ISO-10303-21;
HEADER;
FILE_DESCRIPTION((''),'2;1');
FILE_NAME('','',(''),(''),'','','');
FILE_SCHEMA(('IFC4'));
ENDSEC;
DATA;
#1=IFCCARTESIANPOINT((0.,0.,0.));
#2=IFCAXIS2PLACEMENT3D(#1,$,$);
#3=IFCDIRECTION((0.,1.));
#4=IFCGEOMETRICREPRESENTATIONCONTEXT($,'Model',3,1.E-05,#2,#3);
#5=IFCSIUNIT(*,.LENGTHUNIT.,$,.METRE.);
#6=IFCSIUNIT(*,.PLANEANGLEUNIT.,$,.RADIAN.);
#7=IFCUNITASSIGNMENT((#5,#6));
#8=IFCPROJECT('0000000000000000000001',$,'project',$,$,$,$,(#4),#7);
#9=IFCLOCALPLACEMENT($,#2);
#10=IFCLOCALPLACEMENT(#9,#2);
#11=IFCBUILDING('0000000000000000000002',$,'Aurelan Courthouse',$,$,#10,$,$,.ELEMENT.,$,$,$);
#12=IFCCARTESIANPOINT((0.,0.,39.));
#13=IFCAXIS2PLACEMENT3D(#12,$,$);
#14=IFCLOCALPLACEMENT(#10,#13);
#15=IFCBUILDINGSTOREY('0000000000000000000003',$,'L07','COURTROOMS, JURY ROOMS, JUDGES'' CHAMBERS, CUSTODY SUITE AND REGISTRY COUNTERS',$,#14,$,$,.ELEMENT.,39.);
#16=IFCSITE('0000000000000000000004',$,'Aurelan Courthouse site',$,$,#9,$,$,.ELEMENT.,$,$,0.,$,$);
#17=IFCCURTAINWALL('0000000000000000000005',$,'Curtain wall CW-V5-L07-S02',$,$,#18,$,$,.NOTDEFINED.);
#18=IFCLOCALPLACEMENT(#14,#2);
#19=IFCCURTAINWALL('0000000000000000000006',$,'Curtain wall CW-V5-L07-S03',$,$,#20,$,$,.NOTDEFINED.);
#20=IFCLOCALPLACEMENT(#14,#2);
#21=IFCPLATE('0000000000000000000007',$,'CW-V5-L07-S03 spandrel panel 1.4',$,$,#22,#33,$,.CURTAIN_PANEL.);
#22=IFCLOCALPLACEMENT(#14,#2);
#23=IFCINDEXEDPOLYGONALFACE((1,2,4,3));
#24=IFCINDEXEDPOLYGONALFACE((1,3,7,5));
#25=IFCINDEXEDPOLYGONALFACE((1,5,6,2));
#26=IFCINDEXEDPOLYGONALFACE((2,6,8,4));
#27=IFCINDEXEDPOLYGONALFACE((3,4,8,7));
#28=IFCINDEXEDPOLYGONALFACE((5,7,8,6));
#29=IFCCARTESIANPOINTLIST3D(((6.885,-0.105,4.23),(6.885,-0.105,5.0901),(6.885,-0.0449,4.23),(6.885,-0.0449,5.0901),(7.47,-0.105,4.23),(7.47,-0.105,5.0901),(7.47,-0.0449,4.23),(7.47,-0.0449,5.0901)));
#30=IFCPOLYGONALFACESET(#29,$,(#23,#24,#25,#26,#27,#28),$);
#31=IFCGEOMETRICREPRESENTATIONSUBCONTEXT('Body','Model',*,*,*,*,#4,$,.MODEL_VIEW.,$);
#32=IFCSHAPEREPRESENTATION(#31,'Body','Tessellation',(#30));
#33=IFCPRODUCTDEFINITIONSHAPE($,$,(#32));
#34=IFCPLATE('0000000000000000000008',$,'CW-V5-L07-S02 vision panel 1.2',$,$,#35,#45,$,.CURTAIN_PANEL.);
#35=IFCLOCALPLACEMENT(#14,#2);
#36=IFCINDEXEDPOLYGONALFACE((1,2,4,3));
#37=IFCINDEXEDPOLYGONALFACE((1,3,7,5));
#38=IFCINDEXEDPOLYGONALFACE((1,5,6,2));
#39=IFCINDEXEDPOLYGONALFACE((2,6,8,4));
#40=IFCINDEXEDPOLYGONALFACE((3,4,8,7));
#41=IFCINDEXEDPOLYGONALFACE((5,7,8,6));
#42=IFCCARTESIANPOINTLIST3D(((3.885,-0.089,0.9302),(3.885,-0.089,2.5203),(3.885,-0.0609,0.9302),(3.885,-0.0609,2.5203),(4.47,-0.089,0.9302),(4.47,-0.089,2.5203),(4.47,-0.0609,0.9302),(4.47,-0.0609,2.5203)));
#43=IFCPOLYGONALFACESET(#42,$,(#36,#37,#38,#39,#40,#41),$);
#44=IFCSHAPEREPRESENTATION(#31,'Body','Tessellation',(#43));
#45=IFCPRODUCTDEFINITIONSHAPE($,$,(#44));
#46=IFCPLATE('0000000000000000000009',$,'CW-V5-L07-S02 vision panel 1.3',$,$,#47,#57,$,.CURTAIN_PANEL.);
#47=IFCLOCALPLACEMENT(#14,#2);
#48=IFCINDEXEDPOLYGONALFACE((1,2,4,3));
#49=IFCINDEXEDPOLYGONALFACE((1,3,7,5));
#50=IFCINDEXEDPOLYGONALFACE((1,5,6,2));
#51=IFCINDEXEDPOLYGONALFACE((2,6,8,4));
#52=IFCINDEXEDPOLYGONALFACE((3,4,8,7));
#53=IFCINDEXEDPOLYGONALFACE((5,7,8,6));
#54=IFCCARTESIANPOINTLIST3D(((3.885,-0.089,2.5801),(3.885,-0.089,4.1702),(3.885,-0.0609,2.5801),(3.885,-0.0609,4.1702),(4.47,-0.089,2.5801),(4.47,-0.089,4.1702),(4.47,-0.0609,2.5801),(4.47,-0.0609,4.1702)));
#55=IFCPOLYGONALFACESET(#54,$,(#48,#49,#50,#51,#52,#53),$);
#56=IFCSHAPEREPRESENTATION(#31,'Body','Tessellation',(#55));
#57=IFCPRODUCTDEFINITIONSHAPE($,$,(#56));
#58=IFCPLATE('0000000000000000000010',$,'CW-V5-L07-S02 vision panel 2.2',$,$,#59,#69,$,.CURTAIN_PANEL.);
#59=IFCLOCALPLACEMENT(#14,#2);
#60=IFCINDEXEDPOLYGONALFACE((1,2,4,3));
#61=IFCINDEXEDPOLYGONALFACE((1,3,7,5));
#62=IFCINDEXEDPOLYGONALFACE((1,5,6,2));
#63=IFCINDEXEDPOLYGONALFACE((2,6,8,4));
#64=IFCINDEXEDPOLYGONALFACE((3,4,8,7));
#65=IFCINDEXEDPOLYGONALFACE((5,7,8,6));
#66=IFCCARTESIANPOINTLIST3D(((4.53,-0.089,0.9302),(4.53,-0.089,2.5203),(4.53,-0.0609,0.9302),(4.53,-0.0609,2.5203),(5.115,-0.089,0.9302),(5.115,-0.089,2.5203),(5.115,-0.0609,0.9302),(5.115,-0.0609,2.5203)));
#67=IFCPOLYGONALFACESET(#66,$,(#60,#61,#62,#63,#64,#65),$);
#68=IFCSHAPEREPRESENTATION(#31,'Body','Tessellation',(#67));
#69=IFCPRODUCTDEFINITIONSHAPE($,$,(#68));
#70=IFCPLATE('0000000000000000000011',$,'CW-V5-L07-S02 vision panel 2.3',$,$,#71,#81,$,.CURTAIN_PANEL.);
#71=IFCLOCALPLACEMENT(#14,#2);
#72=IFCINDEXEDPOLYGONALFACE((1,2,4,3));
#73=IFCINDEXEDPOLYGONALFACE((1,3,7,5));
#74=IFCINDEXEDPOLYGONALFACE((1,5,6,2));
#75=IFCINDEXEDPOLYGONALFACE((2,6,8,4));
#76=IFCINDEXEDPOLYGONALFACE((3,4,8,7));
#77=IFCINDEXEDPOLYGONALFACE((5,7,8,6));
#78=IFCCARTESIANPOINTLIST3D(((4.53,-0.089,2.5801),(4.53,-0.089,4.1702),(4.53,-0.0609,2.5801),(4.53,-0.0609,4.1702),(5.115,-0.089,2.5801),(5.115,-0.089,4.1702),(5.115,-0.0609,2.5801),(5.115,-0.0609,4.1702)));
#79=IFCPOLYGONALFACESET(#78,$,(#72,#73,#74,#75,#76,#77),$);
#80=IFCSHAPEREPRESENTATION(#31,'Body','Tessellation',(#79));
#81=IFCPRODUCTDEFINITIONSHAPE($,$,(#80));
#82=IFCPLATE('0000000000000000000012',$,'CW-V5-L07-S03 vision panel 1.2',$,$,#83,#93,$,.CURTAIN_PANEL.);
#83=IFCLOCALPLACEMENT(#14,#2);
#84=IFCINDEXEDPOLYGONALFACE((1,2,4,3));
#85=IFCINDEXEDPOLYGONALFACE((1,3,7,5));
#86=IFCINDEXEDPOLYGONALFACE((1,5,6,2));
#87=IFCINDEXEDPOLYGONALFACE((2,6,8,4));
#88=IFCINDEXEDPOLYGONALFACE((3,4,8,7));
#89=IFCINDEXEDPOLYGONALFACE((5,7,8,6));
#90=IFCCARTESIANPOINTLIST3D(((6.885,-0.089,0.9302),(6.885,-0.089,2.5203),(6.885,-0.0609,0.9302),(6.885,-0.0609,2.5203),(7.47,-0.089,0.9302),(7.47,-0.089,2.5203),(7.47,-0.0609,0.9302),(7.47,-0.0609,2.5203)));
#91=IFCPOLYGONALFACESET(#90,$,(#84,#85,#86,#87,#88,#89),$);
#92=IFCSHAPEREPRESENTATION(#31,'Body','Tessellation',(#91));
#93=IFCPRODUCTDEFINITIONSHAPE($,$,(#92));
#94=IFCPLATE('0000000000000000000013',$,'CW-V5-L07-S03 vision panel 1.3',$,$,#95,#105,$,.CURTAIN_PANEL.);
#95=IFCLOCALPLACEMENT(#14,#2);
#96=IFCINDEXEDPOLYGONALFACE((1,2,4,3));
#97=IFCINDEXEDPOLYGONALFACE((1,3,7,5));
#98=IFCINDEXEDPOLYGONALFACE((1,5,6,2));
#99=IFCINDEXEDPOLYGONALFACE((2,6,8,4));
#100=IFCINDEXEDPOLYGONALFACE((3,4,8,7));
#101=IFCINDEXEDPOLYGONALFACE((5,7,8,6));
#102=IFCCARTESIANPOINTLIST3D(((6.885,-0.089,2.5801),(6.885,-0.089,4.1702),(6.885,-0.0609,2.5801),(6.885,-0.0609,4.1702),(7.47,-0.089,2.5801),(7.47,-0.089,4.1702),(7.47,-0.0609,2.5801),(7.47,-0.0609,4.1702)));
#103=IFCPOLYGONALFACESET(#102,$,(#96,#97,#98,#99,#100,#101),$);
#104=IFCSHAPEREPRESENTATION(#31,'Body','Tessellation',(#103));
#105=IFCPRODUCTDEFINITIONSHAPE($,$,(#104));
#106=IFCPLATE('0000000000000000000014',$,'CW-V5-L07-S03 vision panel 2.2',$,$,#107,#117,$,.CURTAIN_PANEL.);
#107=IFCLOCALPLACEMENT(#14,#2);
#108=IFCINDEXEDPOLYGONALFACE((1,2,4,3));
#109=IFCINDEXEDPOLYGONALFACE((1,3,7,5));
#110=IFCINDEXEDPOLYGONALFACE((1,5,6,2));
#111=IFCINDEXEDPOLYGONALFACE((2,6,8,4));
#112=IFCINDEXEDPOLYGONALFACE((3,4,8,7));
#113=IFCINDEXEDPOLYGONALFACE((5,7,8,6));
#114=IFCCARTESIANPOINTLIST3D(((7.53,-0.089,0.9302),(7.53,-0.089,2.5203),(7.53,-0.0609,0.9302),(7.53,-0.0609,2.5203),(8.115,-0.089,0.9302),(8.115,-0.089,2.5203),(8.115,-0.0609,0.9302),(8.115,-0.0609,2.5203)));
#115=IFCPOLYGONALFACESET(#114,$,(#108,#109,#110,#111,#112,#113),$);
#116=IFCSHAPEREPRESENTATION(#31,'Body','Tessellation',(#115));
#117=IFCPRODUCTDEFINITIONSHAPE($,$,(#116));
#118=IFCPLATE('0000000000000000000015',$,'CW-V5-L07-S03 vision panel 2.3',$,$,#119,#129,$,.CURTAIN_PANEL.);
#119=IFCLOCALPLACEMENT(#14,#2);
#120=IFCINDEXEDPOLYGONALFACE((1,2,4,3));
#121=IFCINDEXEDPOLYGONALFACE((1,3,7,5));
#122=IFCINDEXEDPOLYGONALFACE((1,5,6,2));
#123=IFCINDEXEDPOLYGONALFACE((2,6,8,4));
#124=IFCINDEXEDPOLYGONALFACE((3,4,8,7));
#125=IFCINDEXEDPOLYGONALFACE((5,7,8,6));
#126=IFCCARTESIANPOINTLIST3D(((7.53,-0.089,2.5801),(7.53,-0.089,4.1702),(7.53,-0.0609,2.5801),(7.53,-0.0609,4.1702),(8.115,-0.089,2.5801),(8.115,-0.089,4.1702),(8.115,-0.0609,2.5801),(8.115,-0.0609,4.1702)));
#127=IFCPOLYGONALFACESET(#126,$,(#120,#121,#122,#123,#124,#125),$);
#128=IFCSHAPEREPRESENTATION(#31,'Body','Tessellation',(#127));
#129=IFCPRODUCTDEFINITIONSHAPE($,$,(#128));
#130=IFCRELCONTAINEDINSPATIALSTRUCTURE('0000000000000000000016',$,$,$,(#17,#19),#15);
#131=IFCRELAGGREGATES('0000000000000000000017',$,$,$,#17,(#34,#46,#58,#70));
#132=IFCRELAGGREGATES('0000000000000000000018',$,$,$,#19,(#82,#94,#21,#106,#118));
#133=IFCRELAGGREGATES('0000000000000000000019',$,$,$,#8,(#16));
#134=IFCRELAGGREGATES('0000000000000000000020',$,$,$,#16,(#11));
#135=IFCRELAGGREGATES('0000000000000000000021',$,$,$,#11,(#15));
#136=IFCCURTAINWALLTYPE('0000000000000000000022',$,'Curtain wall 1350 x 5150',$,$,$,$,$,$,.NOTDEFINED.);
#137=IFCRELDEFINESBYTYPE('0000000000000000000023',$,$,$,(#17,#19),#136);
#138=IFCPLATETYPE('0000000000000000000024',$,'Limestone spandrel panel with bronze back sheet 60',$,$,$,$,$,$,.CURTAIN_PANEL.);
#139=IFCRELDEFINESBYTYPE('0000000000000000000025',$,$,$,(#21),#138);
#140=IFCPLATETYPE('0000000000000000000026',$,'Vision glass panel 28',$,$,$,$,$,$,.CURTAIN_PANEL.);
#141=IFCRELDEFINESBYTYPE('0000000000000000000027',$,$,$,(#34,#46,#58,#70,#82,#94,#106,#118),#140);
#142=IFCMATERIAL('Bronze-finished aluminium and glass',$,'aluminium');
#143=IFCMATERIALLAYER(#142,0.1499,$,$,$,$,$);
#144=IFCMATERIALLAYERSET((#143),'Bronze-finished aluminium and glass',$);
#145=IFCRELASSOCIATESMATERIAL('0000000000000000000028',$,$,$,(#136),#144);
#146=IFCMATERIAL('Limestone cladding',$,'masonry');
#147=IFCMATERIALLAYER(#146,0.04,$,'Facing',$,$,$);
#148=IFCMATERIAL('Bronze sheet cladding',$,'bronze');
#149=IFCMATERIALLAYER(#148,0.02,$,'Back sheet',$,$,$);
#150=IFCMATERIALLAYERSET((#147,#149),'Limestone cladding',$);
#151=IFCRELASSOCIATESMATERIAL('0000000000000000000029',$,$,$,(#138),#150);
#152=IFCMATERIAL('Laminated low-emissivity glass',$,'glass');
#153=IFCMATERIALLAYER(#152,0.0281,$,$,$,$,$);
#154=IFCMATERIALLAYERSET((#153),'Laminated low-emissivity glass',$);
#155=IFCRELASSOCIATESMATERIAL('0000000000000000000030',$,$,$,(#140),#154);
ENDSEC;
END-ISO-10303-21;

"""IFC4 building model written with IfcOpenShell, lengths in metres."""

from ifc_helpers import new_model, si_unit, direction, frame, origin, origin_2d, place, context, subcontext, project, spatial, rectangle, extrude, material, layer, layer_set, type_object, element, aggregate, save


model = new_model("IFC4")

# Units and contexts
model_context = context("Model", 3, precision=1e-05, world=origin(), true_north=direction((0.0, 1.0)))
body_context = subcontext(model_context, "Body", "Model", "MODEL_VIEW")
ifc_project = project(units=[si_unit("LENGTHUNIT", "METRE"), si_unit("PLANEANGLEUNIT", "RADIAN")], contexts=[model_context])

# Site, building, storey
site_placement = place(None, origin())
site = spatial("IfcSite", under=ifc_project, at=site_placement, Name="Aurelan Courthouse site", CompositionType="ELEMENT", RefElevation=0.0)
building_placement = place(site_placement, origin())
building = spatial("IfcBuilding", under=site, at=building_placement, Name="Aurelan Courthouse", CompositionType="ELEMENT")
storey_placement = place(building_placement, frame((0.0, 0.0, 39.0)))
storey = spatial("IfcBuildingStorey", under=building, at=storey_placement, Name="L07", Description="COURTROOMS, JURY ROOMS, JUDGES' CHAMBERS, CUSTODY SUITE AND REGISTRY COUNTERS", CompositionType="ELEMENT", Elevation=39.0)

# Curtain walls
ifc_material_1 = material(Name="Bronze-finished aluminium and glass", Category="aluminium")
ifc_layer_1 = layer(ifc_material_1, 0.1499)
ifc_layer_set_1 = layer_set([ifc_layer_1], Name="Bronze-finished aluminium and glass")
curtain_wall_type = type_object("IfcCurtainWallType", Name="Curtain wall 1350 x 5150", PredefinedType="NOTDEFINED", material=ifc_layer_set_1)
curtain_wall_1_placement = place(storey_placement, origin())
curtain_wall_1 = element("IfcCurtainWall", 1, at=curtain_wall_1_placement, inside=storey, type_object=curtain_wall_type, Name="Curtain wall CW-V5-L07-S02", PredefinedType="NOTDEFINED")
curtain_wall_2_placement = place(storey_placement, origin())
curtain_wall_2 = element("IfcCurtainWall", 2, at=curtain_wall_2_placement, inside=storey, type_object=curtain_wall_type, Name="Curtain wall CW-V5-L07-S03", PredefinedType="NOTDEFINED")

# Shared definitions
ifc_material_2 = material(Name="Limestone cladding", Category="masonry")
ifc_layer_2 = layer(ifc_material_2, 0.04, Name="Facing")
ifc_material_3 = material(Name="Bronze sheet cladding", Category="bronze")
ifc_layer_3 = layer(ifc_material_3, 0.02, Name="Back sheet")
ifc_layer_set_2 = layer_set([ifc_layer_2, ifc_layer_3], Name="Limestone cladding")
plate_type_1 = type_object("IfcPlateType", Name="Limestone spandrel panel with bronze back sheet 60", PredefinedType="CURTAIN_PANEL", material=ifc_layer_set_2)

# Plates
plate_1_placement = place(storey_placement, frame((7.1775, -0.075, 4.23), z_axis=(0.0, 0.0, 1.0), x_axis=(1.0, 0.0, 0.0)))
plate_1 = element("IfcPlate", 3, at=plate_1_placement, type_object=plate_type_1, Name="CW-V5-L07-S03 spandrel panel 1.4", PredefinedType="CURTAIN_PANEL", context=body_context, shape_type="SweptSolid", body=[
    extrude(rectangle(XDim=0.585, YDim=0.0601, at=origin_2d()), origin(), (0.0, 0.0, 1.0), 0.8601),
])
ifc_material_4 = material(Name="Laminated low-emissivity glass", Category="glass")
ifc_layer_4 = layer(ifc_material_4, 0.0281)
ifc_layer_set_3 = layer_set([ifc_layer_4], Name="Laminated low-emissivity glass")
plate_type_2 = type_object("IfcPlateType", Name="Vision glass panel 28", PredefinedType="CURTAIN_PANEL", material=ifc_layer_set_3)
plate_2_placement = place(storey_placement, frame((4.1775, -0.075, 0.9302), z_axis=(0.0, 0.0, 1.0), x_axis=(1.0, 0.0, 0.0)))
plate_2 = element("IfcPlate", 4, at=plate_2_placement, type_object=plate_type_2, Name="CW-V5-L07-S02 vision panel 1.2", PredefinedType="CURTAIN_PANEL", context=body_context, shape_type="SweptSolid", body=[
    extrude(rectangle(XDim=0.585, YDim=0.0281, at=origin_2d()), origin(), (0.0, 0.0, 1.0), 1.5901),
])
plate_3_placement = place(storey_placement, frame((4.1775, -0.075, 2.5801), z_axis=(0.0, 0.0, 1.0), x_axis=(1.0, 0.0, 0.0)))
plate_3 = element("IfcPlate", 5, at=plate_3_placement, type_object=plate_type_2, Name="CW-V5-L07-S02 vision panel 1.3", PredefinedType="CURTAIN_PANEL", context=body_context, shape_type="SweptSolid", body=[
    extrude(rectangle(XDim=0.585, YDim=0.0281, at=origin_2d()), origin(), (0.0, 0.0, 1.0), 1.5901),
])
plate_4_placement = place(storey_placement, frame((4.8225, -0.075, 0.9302), z_axis=(0.0, 0.0, 1.0), x_axis=(1.0, 0.0, 0.0)))
plate_4 = element("IfcPlate", 6, at=plate_4_placement, type_object=plate_type_2, Name="CW-V5-L07-S02 vision panel 2.2", PredefinedType="CURTAIN_PANEL", context=body_context, shape_type="SweptSolid", body=[
    extrude(rectangle(XDim=0.585, YDim=0.0281, at=origin_2d()), origin(), (0.0, 0.0, 1.0), 1.5901),
])
plate_5_placement = place(storey_placement, frame((4.8225, -0.075, 2.5801), z_axis=(0.0, 0.0, 1.0), x_axis=(1.0, 0.0, 0.0)))
plate_5 = element("IfcPlate", 7, at=plate_5_placement, type_object=plate_type_2, Name="CW-V5-L07-S02 vision panel 2.3", PredefinedType="CURTAIN_PANEL", context=body_context, shape_type="SweptSolid", body=[
    extrude(rectangle(XDim=0.585, YDim=0.0281, at=origin_2d()), origin(), (0.0, 0.0, 1.0), 1.5901),
])
aggregate(curtain_wall_1, [plate_2, plate_3, plate_4, plate_5])
plate_6_placement = place(storey_placement, frame((7.1775, -0.075, 0.9302), z_axis=(0.0, 0.0, 1.0), x_axis=(1.0, 0.0, 0.0)))
plate_6 = element("IfcPlate", 8, at=plate_6_placement, type_object=plate_type_2, Name="CW-V5-L07-S03 vision panel 1.2", PredefinedType="CURTAIN_PANEL", context=body_context, shape_type="SweptSolid", body=[
    extrude(rectangle(XDim=0.585, YDim=0.0281, at=origin_2d()), origin(), (0.0, 0.0, 1.0), 1.5901),
])
plate_7_placement = place(storey_placement, frame((7.1775, -0.075, 2.5801), z_axis=(0.0, 0.0, 1.0), x_axis=(1.0, 0.0, 0.0)))
plate_7 = element("IfcPlate", 9, at=plate_7_placement, type_object=plate_type_2, Name="CW-V5-L07-S03 vision panel 1.3", PredefinedType="CURTAIN_PANEL", context=body_context, shape_type="SweptSolid", body=[
    extrude(rectangle(XDim=0.585, YDim=0.0281, at=origin_2d()), origin(), (0.0, 0.0, 1.0), 1.5901),
])
plate_8_placement = place(storey_placement, frame((7.8225, -0.075, 0.9302), z_axis=(0.0, 0.0, 1.0), x_axis=(1.0, 0.0, 0.0)))
plate_8 = element("IfcPlate", 10, at=plate_8_placement, type_object=plate_type_2, Name="CW-V5-L07-S03 vision panel 2.2", PredefinedType="CURTAIN_PANEL", context=body_context, shape_type="SweptSolid", body=[
    extrude(rectangle(XDim=0.585, YDim=0.0281, at=origin_2d()), origin(), (0.0, 0.0, 1.0), 1.5901),
])
plate_9_placement = place(storey_placement, frame((7.8225, -0.075, 2.5801), z_axis=(0.0, 0.0, 1.0), x_axis=(1.0, 0.0, 0.0)))
plate_9 = element("IfcPlate", 11, at=plate_9_placement, type_object=plate_type_2, Name="CW-V5-L07-S03 vision panel 2.3", PredefinedType="CURTAIN_PANEL", context=body_context, shape_type="SweptSolid", body=[
    extrude(rectangle(XDim=0.585, YDim=0.0281, at=origin_2d()), origin(), (0.0, 0.0, 1.0), 1.5901),
])
aggregate(curtain_wall_2, [plate_6, plate_7, plate_1, plate_8, plate_9])

save(model, "model.ifc")
